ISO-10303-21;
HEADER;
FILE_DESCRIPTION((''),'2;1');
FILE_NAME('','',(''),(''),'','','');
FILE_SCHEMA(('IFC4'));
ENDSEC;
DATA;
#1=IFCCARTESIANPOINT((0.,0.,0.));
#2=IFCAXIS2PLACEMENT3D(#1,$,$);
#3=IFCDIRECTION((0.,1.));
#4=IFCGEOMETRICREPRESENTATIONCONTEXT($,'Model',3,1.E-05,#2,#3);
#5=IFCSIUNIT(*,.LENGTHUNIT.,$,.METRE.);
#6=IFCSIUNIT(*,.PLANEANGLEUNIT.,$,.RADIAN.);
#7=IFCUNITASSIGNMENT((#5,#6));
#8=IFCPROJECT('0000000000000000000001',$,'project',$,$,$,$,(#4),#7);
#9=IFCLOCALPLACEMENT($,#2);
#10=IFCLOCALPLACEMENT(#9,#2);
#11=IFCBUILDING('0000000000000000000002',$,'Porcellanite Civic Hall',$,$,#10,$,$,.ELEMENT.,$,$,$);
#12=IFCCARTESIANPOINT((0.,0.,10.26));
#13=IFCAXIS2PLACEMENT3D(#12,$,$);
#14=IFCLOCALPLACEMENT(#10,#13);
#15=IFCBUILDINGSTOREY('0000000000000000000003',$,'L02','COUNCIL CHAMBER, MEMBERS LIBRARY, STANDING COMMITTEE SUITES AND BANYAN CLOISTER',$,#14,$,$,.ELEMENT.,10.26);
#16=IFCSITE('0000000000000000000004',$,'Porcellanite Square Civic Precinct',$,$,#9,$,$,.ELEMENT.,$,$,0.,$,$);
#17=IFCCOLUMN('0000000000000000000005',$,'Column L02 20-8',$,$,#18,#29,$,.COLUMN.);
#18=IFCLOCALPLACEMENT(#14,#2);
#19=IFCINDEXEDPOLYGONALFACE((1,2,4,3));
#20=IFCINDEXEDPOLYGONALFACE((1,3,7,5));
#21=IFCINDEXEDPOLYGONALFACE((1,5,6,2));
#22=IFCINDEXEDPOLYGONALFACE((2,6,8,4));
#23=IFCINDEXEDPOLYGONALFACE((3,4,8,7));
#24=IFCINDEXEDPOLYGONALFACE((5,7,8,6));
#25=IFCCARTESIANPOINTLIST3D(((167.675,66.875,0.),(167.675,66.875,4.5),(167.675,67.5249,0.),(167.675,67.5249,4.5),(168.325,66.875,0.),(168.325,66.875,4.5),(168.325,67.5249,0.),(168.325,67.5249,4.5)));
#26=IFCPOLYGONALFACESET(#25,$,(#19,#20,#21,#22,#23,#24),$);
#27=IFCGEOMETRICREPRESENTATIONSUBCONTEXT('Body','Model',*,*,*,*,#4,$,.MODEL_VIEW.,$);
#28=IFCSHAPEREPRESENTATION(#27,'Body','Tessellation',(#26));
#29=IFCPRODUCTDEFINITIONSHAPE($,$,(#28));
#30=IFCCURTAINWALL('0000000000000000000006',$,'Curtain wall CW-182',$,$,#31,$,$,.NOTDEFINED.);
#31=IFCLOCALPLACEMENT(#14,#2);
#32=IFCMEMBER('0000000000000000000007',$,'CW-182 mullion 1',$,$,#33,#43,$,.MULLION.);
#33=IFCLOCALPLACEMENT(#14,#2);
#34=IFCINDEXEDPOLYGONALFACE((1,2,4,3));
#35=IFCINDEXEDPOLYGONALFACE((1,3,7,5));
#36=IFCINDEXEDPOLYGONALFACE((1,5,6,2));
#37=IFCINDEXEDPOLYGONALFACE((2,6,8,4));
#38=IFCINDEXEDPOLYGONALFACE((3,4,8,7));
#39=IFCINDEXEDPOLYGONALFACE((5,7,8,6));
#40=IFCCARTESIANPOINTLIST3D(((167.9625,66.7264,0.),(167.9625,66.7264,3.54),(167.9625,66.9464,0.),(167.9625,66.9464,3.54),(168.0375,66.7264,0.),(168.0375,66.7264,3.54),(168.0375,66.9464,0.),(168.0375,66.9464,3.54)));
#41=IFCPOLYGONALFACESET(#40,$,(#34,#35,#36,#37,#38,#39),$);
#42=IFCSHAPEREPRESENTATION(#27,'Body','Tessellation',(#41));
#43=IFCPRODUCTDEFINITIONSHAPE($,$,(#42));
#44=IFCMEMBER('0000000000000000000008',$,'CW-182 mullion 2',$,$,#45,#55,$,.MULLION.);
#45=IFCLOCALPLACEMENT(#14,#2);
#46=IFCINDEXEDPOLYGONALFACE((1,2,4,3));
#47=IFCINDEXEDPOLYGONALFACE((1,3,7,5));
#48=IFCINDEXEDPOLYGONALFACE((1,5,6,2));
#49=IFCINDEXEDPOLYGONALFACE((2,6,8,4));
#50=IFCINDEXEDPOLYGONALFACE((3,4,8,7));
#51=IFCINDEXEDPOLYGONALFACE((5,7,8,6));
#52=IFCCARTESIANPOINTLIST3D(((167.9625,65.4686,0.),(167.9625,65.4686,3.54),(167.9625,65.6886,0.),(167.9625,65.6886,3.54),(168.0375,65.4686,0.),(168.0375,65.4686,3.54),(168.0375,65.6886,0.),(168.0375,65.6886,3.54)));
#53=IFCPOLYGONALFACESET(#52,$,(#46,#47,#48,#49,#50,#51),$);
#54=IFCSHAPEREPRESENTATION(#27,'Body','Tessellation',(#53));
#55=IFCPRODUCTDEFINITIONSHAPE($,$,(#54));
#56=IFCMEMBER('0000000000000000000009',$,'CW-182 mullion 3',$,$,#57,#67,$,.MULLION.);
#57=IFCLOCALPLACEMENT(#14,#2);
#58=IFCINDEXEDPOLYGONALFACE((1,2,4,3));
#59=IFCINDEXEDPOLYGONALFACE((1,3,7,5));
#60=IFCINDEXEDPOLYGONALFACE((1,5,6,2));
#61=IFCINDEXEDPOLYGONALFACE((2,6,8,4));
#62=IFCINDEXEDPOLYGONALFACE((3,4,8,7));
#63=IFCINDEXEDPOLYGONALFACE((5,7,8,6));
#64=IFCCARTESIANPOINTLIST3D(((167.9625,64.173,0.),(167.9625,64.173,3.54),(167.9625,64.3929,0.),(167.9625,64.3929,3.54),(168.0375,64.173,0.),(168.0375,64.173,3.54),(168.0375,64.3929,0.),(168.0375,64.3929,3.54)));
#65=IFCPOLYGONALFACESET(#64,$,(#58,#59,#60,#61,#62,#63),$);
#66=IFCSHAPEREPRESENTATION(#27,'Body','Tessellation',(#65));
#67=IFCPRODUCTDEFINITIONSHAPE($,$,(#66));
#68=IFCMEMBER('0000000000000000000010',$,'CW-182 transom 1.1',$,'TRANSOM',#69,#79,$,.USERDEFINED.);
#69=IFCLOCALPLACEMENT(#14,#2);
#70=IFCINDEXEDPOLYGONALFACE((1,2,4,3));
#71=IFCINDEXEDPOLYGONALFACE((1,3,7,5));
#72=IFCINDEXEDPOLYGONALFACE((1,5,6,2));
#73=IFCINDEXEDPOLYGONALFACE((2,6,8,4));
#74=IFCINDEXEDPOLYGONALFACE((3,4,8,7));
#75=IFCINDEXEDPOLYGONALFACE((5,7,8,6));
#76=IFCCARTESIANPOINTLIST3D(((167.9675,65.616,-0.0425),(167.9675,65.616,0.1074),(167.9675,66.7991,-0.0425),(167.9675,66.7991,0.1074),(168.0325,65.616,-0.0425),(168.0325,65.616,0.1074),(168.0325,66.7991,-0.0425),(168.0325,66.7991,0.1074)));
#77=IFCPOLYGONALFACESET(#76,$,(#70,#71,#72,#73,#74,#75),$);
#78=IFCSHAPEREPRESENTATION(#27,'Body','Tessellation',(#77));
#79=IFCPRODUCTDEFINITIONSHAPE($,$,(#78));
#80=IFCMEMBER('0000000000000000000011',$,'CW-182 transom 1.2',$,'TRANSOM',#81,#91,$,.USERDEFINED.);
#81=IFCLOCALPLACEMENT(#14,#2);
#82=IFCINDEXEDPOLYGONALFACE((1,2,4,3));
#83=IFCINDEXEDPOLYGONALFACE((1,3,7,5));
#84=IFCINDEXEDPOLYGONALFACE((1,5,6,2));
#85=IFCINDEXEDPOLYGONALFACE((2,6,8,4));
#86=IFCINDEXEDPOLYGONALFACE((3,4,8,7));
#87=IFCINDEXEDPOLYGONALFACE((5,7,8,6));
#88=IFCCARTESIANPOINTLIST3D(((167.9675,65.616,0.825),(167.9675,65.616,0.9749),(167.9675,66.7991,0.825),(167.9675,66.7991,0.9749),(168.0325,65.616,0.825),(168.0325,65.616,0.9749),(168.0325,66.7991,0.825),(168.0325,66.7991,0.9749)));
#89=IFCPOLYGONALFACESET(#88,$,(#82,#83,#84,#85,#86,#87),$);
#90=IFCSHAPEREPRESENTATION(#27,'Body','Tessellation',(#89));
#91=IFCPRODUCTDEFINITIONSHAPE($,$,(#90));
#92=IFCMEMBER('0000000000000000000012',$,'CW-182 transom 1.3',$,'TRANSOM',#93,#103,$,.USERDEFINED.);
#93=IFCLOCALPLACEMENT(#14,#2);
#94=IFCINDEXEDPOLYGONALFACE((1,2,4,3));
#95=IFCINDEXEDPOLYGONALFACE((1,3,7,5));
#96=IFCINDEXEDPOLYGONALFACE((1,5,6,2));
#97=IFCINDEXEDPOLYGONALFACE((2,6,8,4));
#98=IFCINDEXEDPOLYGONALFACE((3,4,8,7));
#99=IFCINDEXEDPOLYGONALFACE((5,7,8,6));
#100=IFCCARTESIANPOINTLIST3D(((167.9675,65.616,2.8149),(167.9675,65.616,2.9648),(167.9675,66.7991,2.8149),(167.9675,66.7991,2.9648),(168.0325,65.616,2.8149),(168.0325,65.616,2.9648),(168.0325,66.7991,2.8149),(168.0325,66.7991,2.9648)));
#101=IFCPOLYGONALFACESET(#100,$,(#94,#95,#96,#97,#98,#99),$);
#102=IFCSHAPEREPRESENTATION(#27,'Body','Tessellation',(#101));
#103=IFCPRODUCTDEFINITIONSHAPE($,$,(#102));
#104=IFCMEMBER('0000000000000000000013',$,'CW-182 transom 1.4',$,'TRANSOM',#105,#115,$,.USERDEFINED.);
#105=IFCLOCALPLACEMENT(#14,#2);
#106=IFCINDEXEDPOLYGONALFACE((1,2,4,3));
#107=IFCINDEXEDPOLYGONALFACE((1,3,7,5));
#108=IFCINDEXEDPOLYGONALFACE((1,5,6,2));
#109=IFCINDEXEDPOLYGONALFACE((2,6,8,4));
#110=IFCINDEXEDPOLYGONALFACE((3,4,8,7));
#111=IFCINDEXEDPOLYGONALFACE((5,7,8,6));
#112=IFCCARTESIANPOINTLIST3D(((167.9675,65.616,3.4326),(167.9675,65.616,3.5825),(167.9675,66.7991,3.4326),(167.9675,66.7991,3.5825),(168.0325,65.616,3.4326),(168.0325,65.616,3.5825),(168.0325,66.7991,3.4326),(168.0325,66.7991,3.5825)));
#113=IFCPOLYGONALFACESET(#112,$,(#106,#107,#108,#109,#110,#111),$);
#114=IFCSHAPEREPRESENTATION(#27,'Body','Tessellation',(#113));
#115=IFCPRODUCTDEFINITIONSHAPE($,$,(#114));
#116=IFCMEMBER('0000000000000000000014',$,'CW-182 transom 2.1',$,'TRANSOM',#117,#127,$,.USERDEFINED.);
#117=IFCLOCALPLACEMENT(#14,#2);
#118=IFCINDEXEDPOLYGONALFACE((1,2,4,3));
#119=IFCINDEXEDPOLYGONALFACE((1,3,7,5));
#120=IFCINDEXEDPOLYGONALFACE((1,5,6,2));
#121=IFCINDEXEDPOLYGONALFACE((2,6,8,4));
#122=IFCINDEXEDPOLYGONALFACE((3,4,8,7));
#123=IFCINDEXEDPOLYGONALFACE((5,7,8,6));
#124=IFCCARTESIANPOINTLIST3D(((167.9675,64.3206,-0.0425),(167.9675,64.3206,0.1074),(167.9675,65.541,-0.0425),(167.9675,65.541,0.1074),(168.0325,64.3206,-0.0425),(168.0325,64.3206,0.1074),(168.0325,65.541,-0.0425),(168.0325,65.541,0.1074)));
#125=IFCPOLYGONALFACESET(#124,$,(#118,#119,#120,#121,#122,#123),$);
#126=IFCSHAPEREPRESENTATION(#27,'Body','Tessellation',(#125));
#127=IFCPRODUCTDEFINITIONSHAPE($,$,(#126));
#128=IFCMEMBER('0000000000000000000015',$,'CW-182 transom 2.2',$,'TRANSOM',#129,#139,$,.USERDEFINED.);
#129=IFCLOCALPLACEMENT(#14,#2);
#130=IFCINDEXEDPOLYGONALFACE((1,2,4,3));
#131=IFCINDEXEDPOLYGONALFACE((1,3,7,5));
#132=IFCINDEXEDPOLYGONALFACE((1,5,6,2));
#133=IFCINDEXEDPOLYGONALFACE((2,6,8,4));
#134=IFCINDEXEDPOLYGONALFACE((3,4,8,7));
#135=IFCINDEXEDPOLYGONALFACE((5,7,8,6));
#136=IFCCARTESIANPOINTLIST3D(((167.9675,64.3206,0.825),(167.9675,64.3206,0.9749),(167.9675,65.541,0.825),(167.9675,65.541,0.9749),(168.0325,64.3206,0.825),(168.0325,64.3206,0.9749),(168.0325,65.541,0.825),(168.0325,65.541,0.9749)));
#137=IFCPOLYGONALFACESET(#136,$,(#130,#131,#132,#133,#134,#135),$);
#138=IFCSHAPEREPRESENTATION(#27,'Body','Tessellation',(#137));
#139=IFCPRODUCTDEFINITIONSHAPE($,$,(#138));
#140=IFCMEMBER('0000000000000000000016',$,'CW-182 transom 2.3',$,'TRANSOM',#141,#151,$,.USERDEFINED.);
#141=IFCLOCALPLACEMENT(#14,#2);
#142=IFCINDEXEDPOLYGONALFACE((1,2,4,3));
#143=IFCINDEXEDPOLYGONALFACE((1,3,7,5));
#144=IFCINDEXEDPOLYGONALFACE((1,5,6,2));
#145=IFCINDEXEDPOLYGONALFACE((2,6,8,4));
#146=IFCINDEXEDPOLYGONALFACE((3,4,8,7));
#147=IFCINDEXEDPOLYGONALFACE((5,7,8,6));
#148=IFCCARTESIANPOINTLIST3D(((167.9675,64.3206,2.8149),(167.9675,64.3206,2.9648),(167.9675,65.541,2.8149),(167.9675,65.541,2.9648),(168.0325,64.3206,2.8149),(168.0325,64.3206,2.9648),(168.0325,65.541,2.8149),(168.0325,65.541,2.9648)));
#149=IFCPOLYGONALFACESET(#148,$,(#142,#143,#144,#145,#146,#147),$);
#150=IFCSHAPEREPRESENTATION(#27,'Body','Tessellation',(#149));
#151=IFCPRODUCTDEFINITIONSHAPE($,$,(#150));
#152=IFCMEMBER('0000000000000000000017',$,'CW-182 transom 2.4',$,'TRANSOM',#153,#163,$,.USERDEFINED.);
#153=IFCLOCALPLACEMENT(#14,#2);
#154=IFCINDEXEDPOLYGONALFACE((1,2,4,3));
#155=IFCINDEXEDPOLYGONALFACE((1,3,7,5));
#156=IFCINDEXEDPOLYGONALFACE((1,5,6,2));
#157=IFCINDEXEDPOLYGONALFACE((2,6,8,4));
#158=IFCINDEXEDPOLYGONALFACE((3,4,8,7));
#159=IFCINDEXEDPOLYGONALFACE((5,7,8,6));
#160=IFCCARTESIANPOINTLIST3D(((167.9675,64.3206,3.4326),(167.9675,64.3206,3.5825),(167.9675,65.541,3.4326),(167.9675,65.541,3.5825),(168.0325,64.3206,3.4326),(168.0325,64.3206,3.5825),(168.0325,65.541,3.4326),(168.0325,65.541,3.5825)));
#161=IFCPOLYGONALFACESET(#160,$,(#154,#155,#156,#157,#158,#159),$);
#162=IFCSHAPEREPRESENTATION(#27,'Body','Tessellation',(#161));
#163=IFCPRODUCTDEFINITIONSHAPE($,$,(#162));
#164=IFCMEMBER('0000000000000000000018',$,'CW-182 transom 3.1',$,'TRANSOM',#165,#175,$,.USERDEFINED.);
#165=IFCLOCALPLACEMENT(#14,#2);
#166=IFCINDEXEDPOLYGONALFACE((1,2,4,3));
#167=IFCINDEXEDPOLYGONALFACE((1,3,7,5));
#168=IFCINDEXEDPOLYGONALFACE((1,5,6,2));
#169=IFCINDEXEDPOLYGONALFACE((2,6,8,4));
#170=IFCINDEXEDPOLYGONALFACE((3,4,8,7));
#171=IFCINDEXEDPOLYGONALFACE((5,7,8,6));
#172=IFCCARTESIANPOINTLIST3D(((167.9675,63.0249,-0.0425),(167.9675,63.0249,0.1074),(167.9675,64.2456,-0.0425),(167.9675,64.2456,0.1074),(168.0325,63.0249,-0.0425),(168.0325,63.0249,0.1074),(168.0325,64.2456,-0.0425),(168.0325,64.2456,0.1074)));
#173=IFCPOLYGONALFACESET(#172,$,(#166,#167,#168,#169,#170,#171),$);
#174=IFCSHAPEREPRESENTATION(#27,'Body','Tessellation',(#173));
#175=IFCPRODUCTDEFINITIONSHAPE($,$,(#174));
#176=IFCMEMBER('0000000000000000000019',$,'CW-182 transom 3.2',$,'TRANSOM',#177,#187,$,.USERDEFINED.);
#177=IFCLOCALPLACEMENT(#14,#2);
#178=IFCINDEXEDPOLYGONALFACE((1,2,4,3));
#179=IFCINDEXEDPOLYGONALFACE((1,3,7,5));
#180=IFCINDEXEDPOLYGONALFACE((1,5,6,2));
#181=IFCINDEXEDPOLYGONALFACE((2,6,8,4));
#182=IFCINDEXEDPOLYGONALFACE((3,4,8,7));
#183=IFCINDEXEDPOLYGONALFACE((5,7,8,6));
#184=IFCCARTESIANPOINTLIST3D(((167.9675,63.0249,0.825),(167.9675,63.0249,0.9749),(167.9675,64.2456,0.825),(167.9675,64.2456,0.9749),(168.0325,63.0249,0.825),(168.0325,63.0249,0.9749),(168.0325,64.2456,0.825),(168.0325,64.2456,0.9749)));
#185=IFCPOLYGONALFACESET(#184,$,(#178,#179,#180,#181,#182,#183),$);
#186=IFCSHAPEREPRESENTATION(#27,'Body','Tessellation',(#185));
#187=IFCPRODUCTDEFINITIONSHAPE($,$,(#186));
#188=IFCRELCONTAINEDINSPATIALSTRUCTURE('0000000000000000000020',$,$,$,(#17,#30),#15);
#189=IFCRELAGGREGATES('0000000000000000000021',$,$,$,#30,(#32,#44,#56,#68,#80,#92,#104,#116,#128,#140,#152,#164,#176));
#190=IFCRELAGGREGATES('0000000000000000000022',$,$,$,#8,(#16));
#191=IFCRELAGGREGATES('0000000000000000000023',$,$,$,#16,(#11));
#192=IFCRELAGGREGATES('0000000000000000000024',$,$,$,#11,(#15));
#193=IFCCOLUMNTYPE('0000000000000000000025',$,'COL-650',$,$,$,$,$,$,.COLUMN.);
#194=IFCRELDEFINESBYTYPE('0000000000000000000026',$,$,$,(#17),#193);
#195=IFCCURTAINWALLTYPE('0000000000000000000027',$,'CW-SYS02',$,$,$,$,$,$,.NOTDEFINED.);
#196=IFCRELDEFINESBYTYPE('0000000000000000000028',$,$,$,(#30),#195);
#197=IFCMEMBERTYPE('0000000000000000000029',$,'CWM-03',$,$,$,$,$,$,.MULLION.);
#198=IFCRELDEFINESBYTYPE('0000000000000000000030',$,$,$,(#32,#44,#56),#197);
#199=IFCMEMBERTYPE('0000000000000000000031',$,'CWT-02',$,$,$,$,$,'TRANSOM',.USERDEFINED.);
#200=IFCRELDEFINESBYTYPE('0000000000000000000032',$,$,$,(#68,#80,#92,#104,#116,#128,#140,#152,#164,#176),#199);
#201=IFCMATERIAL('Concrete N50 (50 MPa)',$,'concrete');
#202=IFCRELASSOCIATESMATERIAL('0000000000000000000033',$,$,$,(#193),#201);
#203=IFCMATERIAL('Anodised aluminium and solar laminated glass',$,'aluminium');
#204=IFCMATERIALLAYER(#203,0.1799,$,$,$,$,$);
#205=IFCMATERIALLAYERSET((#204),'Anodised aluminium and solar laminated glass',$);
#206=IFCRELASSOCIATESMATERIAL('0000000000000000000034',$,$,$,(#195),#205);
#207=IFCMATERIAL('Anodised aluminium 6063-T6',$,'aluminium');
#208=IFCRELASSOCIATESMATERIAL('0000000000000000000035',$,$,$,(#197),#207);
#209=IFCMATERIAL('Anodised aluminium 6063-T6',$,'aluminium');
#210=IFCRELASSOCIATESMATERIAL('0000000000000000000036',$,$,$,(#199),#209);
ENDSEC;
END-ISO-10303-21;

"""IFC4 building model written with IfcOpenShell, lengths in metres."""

from ifc_helpers import new_model, si_unit, direction, frame, origin, origin_2d, place, context, subcontext, project, spatial, rectangle, extrude, material, layer, layer_set, material_profile, profile_set, type_object, element, aggregate, save


model = new_model("IFC4")

# Units and contexts
model_context = context("Model", 3, precision=1e-05, world=origin(), true_north=direction((0.0, 1.0)))
body_context = subcontext(model_context, "Body", "Model", "MODEL_VIEW")
ifc_project = project(units=[si_unit("LENGTHUNIT", "METRE"), si_unit("PLANEANGLEUNIT", "RADIAN")], contexts=[model_context])

# Site, building, storey
site_placement = place(None, origin())
site = spatial("IfcSite", under=ifc_project, at=site_placement, Name="Porcellanite Square Civic Precinct", CompositionType="ELEMENT", RefElevation=0.0)
building_placement = place(site_placement, origin())
building = spatial("IfcBuilding", under=site, at=building_placement, Name="Porcellanite Civic Hall", CompositionType="ELEMENT")
storey_placement = place(building_placement, frame((0.0, 0.0, 10.26)))
storey = spatial("IfcBuildingStorey", under=building, at=storey_placement, Name="L02", Description="COUNCIL CHAMBER, MEMBERS LIBRARY, STANDING COMMITTEE SUITES AND BANYAN CLOISTER", CompositionType="ELEMENT", Elevation=10.26)

# Column
ifc_material_1 = material(Name="Concrete N50 (50 MPa)", Category="concrete")
ifc_material_profile_1 = material_profile(ifc_material_1, rectangle(XDim=0.6499, YDim=0.6499, at=origin_2d()), Name="RC-650x650")
ifc_profile_set_1 = profile_set([ifc_material_profile_1], Name="Concrete N50 (50 MPa)")
column_type = type_object("IfcColumnType", Name="COL-650", PredefinedType="COLUMN", material=ifc_profile_set_1)
column_placement = place(storey_placement, frame((168.0, 67.2, 0.0), z_axis=(0.0, 0.0, 1.0), x_axis=(1.0, 0.0, 0.0)))
element("IfcColumn", 1, at=column_placement, inside=storey, type_object=column_type, Name="Column L02 20-8", PredefinedType="COLUMN", context=body_context, shape_type="SweptSolid", body=[
    extrude(rectangle(XDim=0.6499, YDim=0.6499, at=origin_2d()), origin(), (0.0, 0.0, 1.0), 4.5),
])

# Curtain wall, members
ifc_material_2 = material(Name="Anodised aluminium and solar laminated glass", Category="aluminium")
ifc_layer_1 = layer(ifc_material_2, 0.1799)
ifc_layer_set_1 = layer_set([ifc_layer_1], Name="Anodised aluminium and solar laminated glass")
curtain_wall_type = type_object("IfcCurtainWallType", Name="CW-SYS02", PredefinedType="NOTDEFINED", material=ifc_layer_set_1)
curtain_wall_placement = place(storey_placement, origin())
curtain_wall = element("IfcCurtainWall", 2, at=curtain_wall_placement, inside=storey, type_object=curtain_wall_type, Name="Curtain wall CW-182", PredefinedType="NOTDEFINED")
ifc_material_3 = material(Name="Anodised aluminium 6063-T6", Category="aluminium")
ifc_material_profile_2 = material_profile(ifc_material_3, rectangle(XDim=0.075, YDim=0.22, at=origin_2d()), Name="AL-75x220")
ifc_profile_set_2 = profile_set([ifc_material_profile_2], Name="Anodised aluminium 6063-T6")
member_type_1 = type_object("IfcMemberType", Name="CWM-03", PredefinedType="MULLION", material=ifc_profile_set_2)
member_1_placement = place(storey_placement, frame((168.0, 66.8364, 0.0), z_axis=(0.0, 0.0, 1.0), x_axis=(1.0, 0.0, 0.0)))
member_1 = element("IfcMember", 3, at=member_1_placement, type_object=member_type_1, Name="CW-182 mullion 1", PredefinedType="MULLION", context=body_context, shape_type="SweptSolid", body=[
    extrude(rectangle(XDim=0.075, YDim=0.22, at=origin_2d()), origin(), (0.0, 0.0, 1.0), 3.54),
])
member_2_placement = place(storey_placement, frame((168.0, 65.5786, 0.0), z_axis=(0.0, 0.0, 1.0), x_axis=(1.0, 0.0, 0.0)))
member_2 = element("IfcMember", 4, at=member_2_placement, type_object=member_type_1, Name="CW-182 mullion 2", PredefinedType="MULLION", context=body_context, shape_type="SweptSolid", body=[
    extrude(rectangle(XDim=0.075, YDim=0.22, at=origin_2d()), origin(), (0.0, 0.0, 1.0), 3.54),
])
member_3_placement = place(storey_placement, frame((168.0, 64.283, 0.0), z_axis=(0.0, 0.0, 1.0), x_axis=(1.0, 0.0, 0.0)))
member_3 = element("IfcMember", 5, at=member_3_placement, type_object=member_type_1, Name="CW-182 mullion 3", PredefinedType="MULLION", context=body_context, shape_type="SweptSolid", body=[
    extrude(rectangle(XDim=0.075, YDim=0.22, at=origin_2d()), origin(), (0.0, 0.0, 1.0), 3.54),
])
ifc_material_4 = material(Name="Anodised aluminium 6063-T6", Category="aluminium")
ifc_material_profile_3 = material_profile(ifc_material_4, rectangle(XDim=0.0649, YDim=0.1499, at=origin_2d()), Name="AL-65x150")
ifc_profile_set_3 = profile_set([ifc_material_profile_3], Name="Anodised aluminium 6063-T6")
member_type_2 = type_object("IfcMemberType", Name="CWT-02", ElementType="TRANSOM", PredefinedType="USERDEFINED", material=ifc_profile_set_3)
member_4_placement = place(storey_placement, frame((168.0, 66.7991, 0.0325), z_axis=(0.0, -1.0, 0.0), x_axis=(1.0, 0.0, 0.0)))
member_4 = element("IfcMember", 6, at=member_4_placement, type_object=member_type_2, Name="CW-182 transom 1.1", ObjectType="TRANSOM", PredefinedType="USERDEFINED", context=body_context, shape_type="SweptSolid", body=[
    extrude(rectangle(XDim=0.0649, YDim=0.1499, at=origin_2d()), origin(), (0.0, 0.0, 1.0), 1.1831),
])
member_5_placement = place(storey_placement, frame((168.0, 66.7991, 0.8999), z_axis=(0.0, -1.0, 0.0), x_axis=(1.0, 0.0, 0.0)))
member_5 = element("IfcMember", 7, at=member_5_placement, type_object=member_type_2, Name="CW-182 transom 1.2", ObjectType="TRANSOM", PredefinedType="USERDEFINED", context=body_context, shape_type="SweptSolid", body=[
    extrude(rectangle(XDim=0.0649, YDim=0.1499, at=origin_2d()), origin(), (0.0, 0.0, 1.0), 1.1831),
])
member_6_placement = place(storey_placement, frame((168.0, 66.7991, 2.8899), z_axis=(0.0, -1.0, 0.0), x_axis=(1.0, 0.0, 0.0)))
member_6 = element("IfcMember", 8, at=member_6_placement, type_object=member_type_2, Name="CW-182 transom 1.3", ObjectType="TRANSOM", PredefinedType="USERDEFINED", context=body_context, shape_type="SweptSolid", body=[
    extrude(rectangle(XDim=0.0649, YDim=0.1499, at=origin_2d()), origin(), (0.0, 0.0, 1.0), 1.1831),
])
member_7_placement = place(storey_placement, frame((168.0, 66.7991, 3.5076), z_axis=(0.0, -1.0, 0.0), x_axis=(1.0, 0.0, 0.0)))
member_7 = element("IfcMember", 9, at=member_7_placement, type_object=member_type_2, Name="CW-182 transom 1.4", ObjectType="TRANSOM", PredefinedType="USERDEFINED", context=body_context, shape_type="SweptSolid", body=[
    extrude(rectangle(XDim=0.0649, YDim=0.1499, at=origin_2d()), origin(), (0.0, 0.0, 1.0), 1.1831),
])
member_8_placement = place(storey_placement, frame((168.0, 65.541, 0.0325), z_axis=(0.0, -1.0, 0.0), x_axis=(1.0, 0.0, 0.0)))
member_8 = element("IfcMember", 10, at=member_8_placement, type_object=member_type_2, Name="CW-182 transom 2.1", ObjectType="TRANSOM", PredefinedType="USERDEFINED", context=body_context, shape_type="SweptSolid", body=[
    extrude(rectangle(XDim=0.0649, YDim=0.1499, at=origin_2d()), origin(), (0.0, 0.0, 1.0), 1.2205),
])
member_9_placement = place(storey_placement, frame((168.0, 65.541, 0.8999), z_axis=(0.0, -1.0, 0.0), x_axis=(1.0, 0.0, 0.0)))
member_9 = element("IfcMember", 11, at=member_9_placement, type_object=member_type_2, Name="CW-182 transom 2.2", ObjectType="TRANSOM", PredefinedType="USERDEFINED", context=body_context, shape_type="SweptSolid", body=[
    extrude(rectangle(XDim=0.0649, YDim=0.1499, at=origin_2d()), origin(), (0.0, 0.0, 1.0), 1.2205),
])
member_10_placement = place(storey_placement, frame((168.0, 65.541, 2.8899), z_axis=(0.0, -1.0, 0.0), x_axis=(1.0, 0.0, 0.0)))
member_10 = element("IfcMember", 12, at=member_10_placement, type_object=member_type_2, Name="CW-182 transom 2.3", ObjectType="TRANSOM", PredefinedType="USERDEFINED", context=body_context, shape_type="SweptSolid", body=[
    extrude(rectangle(XDim=0.0649, YDim=0.1499, at=origin_2d()), origin(), (0.0, 0.0, 1.0), 1.2205),
])
member_11_placement = place(storey_placement, frame((168.0, 65.541, 3.5076), z_axis=(0.0, -1.0, 0.0), x_axis=(1.0, 0.0, 0.0)))
member_11 = element("IfcMember", 13, at=member_11_placement, type_object=member_type_2, Name="CW-182 transom 2.4", ObjectType="TRANSOM", PredefinedType="USERDEFINED", context=body_context, shape_type="SweptSolid", body=[
    extrude(rectangle(XDim=0.0649, YDim=0.1499, at=origin_2d()), origin(), (0.0, 0.0, 1.0), 1.2205),
])
member_12_placement = place(storey_placement, frame((168.0, 64.2456, 0.0325), z_axis=(0.0, -1.0, 0.0), x_axis=(1.0, 0.0, 0.0)))
member_12 = element("IfcMember", 14, at=member_12_placement, type_object=member_type_2, Name="CW-182 transom 3.1", ObjectType="TRANSOM", PredefinedType="USERDEFINED", context=body_context, shape_type="SweptSolid", body=[
    extrude(rectangle(XDim=0.0649, YDim=0.1499, at=origin_2d()), origin(), (0.0, 0.0, 1.0), 1.2207),
])
member_13_placement = place(storey_placement, frame((168.0, 64.2456, 0.8999), z_axis=(0.0, -1.0, 0.0), x_axis=(1.0, 0.0, 0.0)))
member_13 = element("IfcMember", 15, at=member_13_placement, type_object=member_type_2, Name="CW-182 transom 3.2", ObjectType="TRANSOM", PredefinedType="USERDEFINED", context=body_context, shape_type="SweptSolid", body=[
    extrude(rectangle(XDim=0.0649, YDim=0.1499, at=origin_2d()), origin(), (0.0, 0.0, 1.0), 1.2207),
])

aggregate(curtain_wall, [member_1, member_2, member_3, member_4, member_5, member_6, member_7, member_8, member_9, member_10, member_11, member_12, member_13])

save(model, "model.ifc")
